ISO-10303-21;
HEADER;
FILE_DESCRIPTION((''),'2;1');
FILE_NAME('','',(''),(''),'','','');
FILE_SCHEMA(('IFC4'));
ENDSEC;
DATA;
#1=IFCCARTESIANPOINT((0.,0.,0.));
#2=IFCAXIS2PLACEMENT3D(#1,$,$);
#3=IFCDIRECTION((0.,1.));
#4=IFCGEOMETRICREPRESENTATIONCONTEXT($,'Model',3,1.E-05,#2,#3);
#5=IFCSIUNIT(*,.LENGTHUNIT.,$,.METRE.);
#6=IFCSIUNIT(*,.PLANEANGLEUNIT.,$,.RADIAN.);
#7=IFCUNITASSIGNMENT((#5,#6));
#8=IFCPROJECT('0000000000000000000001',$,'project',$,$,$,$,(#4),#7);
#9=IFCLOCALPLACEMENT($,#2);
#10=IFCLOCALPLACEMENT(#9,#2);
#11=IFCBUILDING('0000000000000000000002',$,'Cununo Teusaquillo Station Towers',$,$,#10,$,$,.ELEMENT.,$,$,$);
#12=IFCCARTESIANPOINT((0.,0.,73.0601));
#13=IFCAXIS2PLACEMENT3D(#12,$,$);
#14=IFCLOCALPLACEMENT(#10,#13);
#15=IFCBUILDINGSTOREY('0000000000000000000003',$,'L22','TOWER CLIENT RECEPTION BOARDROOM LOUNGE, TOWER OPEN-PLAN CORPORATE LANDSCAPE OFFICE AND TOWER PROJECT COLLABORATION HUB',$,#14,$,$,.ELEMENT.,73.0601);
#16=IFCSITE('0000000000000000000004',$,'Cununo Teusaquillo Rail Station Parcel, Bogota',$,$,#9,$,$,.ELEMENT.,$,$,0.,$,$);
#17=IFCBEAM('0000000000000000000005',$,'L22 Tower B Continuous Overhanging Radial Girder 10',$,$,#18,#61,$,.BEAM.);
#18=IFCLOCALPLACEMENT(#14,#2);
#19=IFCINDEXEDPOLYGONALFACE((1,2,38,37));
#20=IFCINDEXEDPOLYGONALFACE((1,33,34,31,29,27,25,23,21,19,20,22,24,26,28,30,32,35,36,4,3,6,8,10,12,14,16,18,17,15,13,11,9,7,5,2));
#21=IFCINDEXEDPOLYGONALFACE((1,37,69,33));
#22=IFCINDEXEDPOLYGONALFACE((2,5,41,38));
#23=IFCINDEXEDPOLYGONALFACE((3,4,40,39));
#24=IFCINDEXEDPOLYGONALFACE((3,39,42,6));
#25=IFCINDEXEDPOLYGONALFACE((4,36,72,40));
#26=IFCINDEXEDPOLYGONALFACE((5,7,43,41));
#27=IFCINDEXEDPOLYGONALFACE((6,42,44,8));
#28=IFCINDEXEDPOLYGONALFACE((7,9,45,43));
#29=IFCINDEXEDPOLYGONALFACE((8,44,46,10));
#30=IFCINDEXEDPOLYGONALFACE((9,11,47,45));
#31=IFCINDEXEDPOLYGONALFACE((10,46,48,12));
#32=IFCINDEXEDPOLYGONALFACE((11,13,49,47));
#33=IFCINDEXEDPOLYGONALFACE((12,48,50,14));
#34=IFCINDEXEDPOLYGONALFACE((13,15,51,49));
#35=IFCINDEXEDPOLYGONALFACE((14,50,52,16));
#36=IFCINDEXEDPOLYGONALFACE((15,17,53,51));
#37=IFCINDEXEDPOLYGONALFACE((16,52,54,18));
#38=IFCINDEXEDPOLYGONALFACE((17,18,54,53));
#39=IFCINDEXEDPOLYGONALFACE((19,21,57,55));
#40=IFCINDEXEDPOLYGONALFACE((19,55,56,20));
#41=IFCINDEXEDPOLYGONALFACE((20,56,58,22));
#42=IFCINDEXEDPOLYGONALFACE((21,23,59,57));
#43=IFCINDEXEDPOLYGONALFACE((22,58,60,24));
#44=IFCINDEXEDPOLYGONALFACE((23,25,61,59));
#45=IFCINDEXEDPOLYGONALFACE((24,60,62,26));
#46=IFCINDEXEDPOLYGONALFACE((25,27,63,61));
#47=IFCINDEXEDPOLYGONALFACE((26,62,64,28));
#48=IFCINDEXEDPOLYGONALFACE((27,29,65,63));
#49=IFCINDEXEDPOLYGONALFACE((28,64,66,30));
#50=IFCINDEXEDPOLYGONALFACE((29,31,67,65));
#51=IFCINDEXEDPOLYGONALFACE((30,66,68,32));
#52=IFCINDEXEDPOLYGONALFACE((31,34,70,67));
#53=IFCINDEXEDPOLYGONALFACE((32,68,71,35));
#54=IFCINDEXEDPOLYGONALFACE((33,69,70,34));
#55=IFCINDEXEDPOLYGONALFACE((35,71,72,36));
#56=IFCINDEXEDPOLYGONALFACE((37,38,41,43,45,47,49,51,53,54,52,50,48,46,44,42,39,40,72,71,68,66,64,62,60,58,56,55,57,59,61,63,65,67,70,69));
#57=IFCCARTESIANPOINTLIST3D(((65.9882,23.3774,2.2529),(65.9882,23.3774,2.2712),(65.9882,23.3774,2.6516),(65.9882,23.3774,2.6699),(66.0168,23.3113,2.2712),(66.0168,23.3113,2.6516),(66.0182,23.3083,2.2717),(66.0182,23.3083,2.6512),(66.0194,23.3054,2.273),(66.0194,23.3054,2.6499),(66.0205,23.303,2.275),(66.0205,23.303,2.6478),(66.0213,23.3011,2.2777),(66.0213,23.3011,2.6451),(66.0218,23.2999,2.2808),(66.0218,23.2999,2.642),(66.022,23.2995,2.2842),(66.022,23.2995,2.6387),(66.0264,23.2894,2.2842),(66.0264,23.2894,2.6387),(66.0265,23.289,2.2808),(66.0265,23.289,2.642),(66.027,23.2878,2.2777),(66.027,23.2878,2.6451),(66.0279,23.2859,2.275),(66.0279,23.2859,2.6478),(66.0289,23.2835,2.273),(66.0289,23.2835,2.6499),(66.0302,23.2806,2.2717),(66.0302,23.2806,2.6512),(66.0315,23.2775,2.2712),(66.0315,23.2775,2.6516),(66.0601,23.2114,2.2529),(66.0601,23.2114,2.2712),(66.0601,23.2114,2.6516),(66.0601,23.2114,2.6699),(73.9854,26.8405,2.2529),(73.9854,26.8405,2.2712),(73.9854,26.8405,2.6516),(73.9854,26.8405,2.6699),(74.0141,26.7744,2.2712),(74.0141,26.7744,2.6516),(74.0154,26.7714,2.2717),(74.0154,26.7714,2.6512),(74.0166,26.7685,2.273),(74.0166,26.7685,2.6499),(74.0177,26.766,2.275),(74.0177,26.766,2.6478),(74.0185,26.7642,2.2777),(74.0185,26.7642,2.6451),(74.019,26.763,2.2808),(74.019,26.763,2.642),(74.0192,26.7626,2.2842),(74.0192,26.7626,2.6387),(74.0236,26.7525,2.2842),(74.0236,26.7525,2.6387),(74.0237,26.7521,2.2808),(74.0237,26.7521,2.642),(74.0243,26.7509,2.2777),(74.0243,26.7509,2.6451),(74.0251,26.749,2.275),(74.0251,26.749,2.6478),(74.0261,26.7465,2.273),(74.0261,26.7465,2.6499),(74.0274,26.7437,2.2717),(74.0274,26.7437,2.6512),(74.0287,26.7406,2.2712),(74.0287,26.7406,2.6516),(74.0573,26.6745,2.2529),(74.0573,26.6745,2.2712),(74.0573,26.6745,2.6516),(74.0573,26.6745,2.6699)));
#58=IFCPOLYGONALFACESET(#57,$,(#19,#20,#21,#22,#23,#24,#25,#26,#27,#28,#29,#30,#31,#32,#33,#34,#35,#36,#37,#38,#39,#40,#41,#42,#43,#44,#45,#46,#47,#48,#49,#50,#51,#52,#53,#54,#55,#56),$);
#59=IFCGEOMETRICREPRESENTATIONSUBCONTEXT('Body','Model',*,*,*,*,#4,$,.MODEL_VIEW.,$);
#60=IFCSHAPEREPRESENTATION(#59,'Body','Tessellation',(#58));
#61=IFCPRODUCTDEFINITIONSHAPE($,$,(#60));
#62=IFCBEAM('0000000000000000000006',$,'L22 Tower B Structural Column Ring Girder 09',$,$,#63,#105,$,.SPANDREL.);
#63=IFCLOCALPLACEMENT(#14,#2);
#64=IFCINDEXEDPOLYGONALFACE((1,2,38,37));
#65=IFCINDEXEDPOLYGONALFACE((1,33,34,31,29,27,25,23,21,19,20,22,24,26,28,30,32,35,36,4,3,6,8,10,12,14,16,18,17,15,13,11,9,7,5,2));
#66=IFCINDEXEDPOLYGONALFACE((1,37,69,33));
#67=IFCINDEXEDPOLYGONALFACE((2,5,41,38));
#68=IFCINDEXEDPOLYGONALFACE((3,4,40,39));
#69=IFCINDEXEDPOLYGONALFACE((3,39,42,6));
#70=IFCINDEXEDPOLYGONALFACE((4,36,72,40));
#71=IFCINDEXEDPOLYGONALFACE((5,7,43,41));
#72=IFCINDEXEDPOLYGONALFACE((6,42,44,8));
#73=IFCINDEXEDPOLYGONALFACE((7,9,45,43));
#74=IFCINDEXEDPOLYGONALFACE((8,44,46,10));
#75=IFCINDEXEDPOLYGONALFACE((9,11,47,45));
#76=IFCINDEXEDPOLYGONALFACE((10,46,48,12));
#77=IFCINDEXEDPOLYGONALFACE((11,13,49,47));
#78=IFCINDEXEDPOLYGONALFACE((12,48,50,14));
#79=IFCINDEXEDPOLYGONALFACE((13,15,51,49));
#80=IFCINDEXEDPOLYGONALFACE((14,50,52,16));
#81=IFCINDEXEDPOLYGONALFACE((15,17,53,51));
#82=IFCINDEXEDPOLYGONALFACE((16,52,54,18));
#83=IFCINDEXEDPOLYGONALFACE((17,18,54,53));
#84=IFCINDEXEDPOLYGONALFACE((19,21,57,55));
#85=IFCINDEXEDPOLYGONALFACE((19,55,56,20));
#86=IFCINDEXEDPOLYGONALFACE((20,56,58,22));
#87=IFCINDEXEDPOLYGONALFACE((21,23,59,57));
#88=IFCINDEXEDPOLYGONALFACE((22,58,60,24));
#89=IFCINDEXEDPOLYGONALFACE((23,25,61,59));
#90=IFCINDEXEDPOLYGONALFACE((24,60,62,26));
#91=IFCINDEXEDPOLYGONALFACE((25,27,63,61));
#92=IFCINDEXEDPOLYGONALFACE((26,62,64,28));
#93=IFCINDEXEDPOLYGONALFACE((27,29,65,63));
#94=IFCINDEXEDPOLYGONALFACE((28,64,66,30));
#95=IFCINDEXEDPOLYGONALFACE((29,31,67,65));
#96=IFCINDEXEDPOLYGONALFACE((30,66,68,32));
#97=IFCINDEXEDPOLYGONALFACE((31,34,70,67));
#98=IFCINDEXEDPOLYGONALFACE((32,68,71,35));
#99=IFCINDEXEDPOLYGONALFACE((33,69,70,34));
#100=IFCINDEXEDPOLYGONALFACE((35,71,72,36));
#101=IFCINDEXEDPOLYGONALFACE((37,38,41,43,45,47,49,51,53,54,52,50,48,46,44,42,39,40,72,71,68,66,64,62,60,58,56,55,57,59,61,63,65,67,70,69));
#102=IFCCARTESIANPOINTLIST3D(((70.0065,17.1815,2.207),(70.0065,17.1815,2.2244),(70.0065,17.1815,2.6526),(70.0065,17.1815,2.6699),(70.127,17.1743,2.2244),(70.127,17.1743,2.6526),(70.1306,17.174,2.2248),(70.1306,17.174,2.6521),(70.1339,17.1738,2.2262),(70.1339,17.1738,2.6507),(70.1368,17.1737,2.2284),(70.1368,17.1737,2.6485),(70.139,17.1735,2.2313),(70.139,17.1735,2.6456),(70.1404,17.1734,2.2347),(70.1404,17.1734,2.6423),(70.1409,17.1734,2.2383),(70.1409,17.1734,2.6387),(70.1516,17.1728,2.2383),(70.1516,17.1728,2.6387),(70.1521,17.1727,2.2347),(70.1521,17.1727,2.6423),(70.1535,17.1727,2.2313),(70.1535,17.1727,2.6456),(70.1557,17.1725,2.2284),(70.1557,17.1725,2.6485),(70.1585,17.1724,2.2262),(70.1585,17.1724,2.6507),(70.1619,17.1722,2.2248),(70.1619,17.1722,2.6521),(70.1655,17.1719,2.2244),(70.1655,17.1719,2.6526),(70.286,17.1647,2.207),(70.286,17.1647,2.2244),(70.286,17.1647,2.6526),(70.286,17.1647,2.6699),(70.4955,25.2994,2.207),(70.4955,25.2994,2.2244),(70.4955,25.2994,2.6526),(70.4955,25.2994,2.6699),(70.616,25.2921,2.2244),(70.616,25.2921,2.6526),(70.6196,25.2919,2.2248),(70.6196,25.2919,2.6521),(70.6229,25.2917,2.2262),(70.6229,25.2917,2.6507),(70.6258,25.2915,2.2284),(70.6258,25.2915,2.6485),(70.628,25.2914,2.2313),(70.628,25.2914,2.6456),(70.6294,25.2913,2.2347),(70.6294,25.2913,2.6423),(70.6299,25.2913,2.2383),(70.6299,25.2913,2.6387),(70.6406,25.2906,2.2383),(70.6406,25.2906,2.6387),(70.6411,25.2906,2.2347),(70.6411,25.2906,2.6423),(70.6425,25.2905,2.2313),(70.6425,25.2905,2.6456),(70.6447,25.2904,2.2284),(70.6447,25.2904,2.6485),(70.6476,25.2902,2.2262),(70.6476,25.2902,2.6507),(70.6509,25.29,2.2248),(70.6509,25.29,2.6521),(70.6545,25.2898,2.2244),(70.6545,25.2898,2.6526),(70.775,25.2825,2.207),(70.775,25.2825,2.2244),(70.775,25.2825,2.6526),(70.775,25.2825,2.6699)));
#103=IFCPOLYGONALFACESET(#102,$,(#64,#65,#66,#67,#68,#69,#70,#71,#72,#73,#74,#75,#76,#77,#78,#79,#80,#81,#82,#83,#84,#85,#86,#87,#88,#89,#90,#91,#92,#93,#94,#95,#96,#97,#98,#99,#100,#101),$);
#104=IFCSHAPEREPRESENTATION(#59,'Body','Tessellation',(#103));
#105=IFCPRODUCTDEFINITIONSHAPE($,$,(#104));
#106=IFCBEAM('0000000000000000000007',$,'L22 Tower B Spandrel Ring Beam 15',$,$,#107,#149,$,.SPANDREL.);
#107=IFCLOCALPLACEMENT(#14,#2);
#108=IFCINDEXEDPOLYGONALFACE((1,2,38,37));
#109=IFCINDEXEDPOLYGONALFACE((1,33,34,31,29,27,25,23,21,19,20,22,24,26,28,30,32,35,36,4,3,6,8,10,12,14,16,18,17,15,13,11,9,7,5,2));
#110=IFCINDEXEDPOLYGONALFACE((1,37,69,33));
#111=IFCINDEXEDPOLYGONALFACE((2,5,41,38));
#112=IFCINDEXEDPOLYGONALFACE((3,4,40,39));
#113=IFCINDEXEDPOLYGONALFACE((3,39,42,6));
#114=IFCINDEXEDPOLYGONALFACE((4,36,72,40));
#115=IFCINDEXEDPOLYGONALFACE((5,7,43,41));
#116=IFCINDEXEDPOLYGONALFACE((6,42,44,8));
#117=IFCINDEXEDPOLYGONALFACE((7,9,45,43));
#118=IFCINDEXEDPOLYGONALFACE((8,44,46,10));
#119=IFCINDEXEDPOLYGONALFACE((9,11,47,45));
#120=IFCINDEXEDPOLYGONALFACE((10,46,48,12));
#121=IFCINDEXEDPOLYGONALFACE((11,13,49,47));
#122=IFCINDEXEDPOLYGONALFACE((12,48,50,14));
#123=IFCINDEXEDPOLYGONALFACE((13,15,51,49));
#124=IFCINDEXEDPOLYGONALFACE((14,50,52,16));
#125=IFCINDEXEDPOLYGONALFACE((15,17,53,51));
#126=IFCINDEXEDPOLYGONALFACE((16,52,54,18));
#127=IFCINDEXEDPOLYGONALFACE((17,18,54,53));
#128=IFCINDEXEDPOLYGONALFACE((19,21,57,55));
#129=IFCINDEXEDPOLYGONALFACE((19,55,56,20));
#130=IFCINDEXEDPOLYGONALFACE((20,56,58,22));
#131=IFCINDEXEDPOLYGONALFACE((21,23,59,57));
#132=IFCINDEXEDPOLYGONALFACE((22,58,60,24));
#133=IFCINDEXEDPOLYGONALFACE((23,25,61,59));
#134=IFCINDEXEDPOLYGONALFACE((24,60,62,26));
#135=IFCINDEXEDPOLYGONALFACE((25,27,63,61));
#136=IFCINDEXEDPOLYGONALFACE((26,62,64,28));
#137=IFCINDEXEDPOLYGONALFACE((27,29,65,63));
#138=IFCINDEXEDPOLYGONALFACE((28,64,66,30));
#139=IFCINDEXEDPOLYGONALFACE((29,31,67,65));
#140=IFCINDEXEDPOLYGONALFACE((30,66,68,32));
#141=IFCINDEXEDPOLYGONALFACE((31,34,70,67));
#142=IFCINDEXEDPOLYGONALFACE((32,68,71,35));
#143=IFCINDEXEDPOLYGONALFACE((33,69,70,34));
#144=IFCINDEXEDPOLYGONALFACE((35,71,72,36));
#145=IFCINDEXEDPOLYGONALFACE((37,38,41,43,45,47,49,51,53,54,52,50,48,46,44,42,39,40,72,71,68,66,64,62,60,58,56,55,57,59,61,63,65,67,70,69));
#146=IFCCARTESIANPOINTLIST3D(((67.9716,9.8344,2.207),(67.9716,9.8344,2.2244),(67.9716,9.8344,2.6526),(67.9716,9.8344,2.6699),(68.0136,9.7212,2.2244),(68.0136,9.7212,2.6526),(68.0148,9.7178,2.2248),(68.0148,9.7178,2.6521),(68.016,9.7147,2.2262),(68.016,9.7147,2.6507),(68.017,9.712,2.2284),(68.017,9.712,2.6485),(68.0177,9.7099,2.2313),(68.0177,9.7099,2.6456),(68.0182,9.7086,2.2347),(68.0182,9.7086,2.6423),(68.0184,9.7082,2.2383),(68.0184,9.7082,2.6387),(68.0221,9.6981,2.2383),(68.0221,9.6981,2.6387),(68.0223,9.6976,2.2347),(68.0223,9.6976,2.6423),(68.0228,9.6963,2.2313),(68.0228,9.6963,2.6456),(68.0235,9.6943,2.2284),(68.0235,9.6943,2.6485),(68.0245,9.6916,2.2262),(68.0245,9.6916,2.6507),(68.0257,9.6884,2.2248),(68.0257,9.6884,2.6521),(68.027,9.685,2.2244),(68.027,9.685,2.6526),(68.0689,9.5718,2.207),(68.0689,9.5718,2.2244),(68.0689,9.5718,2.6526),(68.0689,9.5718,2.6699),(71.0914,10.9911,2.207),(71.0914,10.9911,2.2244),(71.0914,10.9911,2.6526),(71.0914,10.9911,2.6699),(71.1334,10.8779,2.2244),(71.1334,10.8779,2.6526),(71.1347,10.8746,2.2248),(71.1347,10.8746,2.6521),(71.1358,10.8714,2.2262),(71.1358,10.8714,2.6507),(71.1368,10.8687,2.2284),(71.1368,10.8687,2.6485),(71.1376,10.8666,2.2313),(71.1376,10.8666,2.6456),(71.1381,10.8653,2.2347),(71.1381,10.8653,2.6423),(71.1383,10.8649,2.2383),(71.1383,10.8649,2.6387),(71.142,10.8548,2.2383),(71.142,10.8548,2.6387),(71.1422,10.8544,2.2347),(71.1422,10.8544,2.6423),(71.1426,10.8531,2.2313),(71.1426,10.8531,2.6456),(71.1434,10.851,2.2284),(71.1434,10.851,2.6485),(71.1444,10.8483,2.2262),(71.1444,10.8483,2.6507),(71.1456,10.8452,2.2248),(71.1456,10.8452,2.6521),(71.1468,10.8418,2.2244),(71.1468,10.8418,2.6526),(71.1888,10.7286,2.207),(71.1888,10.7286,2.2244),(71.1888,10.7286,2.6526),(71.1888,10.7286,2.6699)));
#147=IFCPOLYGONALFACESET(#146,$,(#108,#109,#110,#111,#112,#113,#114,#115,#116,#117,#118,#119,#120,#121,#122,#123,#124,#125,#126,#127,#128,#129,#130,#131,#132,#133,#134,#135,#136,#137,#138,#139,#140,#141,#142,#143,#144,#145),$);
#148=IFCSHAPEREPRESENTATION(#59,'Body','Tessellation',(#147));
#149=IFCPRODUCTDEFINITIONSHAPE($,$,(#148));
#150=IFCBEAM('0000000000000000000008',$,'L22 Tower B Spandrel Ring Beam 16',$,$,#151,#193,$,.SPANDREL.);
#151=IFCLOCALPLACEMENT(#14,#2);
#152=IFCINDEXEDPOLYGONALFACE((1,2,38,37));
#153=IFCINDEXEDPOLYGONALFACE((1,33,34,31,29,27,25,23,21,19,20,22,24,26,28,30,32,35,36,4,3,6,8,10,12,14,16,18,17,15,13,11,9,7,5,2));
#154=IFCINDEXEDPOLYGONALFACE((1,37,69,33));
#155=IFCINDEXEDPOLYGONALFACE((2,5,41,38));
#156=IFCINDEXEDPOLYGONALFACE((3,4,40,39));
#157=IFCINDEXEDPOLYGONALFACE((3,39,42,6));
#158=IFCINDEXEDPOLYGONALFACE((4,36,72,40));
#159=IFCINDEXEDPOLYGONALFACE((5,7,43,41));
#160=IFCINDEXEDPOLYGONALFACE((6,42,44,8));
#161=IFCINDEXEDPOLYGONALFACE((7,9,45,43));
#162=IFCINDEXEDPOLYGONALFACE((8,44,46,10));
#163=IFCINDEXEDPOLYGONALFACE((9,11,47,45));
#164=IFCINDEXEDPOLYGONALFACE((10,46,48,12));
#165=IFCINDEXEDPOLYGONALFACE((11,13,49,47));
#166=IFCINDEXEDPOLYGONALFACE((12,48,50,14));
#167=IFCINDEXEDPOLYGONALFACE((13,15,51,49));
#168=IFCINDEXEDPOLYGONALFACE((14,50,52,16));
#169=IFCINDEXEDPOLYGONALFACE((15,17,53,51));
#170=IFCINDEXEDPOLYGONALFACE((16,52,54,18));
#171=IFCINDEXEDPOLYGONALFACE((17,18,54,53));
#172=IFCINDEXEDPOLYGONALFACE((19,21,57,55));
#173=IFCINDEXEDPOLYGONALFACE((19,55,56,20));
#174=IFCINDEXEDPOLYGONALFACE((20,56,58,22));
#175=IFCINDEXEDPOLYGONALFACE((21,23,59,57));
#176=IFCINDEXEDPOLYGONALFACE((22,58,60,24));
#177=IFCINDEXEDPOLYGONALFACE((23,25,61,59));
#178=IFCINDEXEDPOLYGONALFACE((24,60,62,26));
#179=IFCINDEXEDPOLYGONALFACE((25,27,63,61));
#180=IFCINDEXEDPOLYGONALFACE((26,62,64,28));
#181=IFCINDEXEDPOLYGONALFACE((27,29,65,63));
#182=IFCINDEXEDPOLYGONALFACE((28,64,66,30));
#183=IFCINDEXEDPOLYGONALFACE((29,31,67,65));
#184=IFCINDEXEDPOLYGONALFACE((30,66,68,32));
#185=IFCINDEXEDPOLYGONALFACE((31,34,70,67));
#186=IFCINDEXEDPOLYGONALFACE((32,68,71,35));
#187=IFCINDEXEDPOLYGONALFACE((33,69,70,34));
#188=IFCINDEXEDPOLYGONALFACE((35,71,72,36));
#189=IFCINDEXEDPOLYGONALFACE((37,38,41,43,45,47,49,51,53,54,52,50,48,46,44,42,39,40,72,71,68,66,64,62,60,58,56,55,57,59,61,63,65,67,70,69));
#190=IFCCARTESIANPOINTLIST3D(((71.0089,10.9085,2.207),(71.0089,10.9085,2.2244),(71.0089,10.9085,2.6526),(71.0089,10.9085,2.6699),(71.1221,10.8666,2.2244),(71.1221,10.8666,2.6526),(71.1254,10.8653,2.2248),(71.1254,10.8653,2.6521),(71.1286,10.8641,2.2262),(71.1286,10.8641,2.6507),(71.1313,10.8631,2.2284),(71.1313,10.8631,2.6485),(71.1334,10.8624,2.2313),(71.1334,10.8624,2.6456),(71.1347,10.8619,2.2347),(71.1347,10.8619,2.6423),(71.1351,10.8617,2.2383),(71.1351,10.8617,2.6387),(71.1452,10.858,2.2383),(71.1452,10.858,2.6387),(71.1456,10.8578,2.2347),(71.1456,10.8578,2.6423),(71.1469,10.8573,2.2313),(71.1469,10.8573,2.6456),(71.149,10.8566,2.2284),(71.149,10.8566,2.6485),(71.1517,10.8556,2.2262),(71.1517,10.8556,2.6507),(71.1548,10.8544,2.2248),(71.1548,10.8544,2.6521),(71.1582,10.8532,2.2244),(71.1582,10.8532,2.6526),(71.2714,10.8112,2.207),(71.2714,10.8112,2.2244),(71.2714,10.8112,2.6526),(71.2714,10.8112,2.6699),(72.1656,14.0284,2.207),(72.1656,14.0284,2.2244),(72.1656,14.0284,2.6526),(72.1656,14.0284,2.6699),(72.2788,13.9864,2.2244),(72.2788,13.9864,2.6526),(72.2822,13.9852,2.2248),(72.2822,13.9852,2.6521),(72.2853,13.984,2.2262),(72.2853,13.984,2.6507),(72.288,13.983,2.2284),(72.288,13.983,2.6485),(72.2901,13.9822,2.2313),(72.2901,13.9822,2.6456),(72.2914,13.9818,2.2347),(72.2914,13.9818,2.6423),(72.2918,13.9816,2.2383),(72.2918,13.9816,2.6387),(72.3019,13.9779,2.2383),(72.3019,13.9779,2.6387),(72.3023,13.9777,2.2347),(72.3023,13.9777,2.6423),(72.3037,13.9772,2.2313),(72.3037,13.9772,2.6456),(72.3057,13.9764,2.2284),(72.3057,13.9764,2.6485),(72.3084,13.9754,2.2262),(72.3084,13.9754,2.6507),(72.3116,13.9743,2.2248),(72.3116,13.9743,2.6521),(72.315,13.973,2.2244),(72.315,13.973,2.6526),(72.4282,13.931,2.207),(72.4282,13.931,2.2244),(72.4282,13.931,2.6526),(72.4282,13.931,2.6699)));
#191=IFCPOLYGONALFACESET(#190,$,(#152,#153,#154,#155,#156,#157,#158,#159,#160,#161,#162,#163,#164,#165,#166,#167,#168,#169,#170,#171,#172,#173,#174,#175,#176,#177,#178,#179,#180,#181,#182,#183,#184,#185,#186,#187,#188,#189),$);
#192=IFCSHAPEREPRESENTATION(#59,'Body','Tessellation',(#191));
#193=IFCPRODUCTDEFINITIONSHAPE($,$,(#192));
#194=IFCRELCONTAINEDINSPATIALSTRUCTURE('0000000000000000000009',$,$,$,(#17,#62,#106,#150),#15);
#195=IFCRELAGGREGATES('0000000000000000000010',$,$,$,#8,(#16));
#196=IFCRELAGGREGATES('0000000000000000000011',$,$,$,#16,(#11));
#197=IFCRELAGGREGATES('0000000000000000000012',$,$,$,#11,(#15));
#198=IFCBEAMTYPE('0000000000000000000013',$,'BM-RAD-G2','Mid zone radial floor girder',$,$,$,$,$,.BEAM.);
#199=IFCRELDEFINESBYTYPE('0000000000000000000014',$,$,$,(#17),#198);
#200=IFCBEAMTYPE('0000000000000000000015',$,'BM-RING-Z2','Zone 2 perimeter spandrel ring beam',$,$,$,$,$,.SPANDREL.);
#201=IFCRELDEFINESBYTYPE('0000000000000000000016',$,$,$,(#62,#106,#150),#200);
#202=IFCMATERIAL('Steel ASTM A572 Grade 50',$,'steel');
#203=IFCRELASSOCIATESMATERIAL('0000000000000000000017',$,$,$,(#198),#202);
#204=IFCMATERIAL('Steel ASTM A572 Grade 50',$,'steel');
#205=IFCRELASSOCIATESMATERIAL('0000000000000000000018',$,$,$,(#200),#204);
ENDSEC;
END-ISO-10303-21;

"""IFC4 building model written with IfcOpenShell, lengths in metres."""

from ifc_helpers import new_model, si_unit, direction, frame, origin, origin_2d, place, context, subcontext, project, spatial, i_section, extrude, material, material_profile, profile_set, type_object, element, save


model = new_model("IFC4")

# Units and contexts
model_context = context("Model", 3, precision=1e-05, world=origin(), true_north=direction((0.0, 1.0)))
body_context = subcontext(model_context, "Body", "Model", "MODEL_VIEW")
ifc_project = project(units=[si_unit("LENGTHUNIT", "METRE"), si_unit("PLANEANGLEUNIT", "RADIAN")], contexts=[model_context])

# Site, building, storey
site_placement = place(None, origin())
site = spatial("IfcSite", under=ifc_project, at=site_placement, Name="Cununo Teusaquillo Rail Station Parcel, Bogota", CompositionType="ELEMENT", RefElevation=0.0)
building_placement = place(site_placement, origin())
building = spatial("IfcBuilding", under=site, at=building_placement, Name="Cununo Teusaquillo Station Towers", CompositionType="ELEMENT")
storey_placement = place(building_placement, frame((0.0, 0.0, 73.0601)))
storey = spatial("IfcBuildingStorey", under=building, at=storey_placement, Name="L22", Description="TOWER CLIENT RECEPTION BOARDROOM LOUNGE, TOWER OPEN-PLAN CORPORATE LANDSCAPE OFFICE AND TOWER PROJECT COLLABORATION HUB", CompositionType="ELEMENT", Elevation=73.0601)

# Beams
ifc_material_1 = material(Name="Steel ASTM A572 Grade 50", Category="steel")
ifc_material_profile_1 = material_profile(ifc_material_1, i_section(OverallWidth=0.1809, OverallDepth=0.417, WebThickness=0.011, FlangeThickness=0.0183, FilletRadius=0.0129, at=origin_2d()), Name="W16X57")
ifc_profile_set_1 = profile_set([ifc_material_profile_1], Name="Steel ASTM A572 Grade 50")
beam_type_1 = type_object("IfcBeamType", Name="BM-RAD-G2", Description="Mid zone radial floor girder", PredefinedType="BEAM", material=ifc_profile_set_1)
beam_1_placement = place(storey_placement, frame((66.0242, 23.2944, 2.4614), z_axis=(0.917655, 0.397379, 0.0), x_axis=(-0.397379, 0.917655, 0.0)))
element("IfcBeam", 1, at=beam_1_placement, inside=storey, type_object=beam_type_1, Name="L22 Tower B Continuous Overhanging Radial Girder 10", PredefinedType="BEAM", context=body_context, shape_type="SweptSolid", body=[
    extrude(i_section(OverallWidth=0.1809, OverallDepth=0.417, WebThickness=0.011, FlangeThickness=0.0183, FilletRadius=0.0129, at=origin_2d()), origin(), (0.0, 0.0, 1.0), 8.7148),
])
ifc_material_2 = material(Name="Steel ASTM A572 Grade 50", Category="steel")
ifc_material_profile_2 = material_profile(ifc_material_2, i_section(OverallWidth=0.28, OverallDepth=0.4629, WebThickness=0.0107, FlangeThickness=0.0173, FilletRadius=0.0139, at=origin_2d()), Name="W18X76")
ifc_profile_set_2 = profile_set([ifc_material_profile_2], Name="Steel ASTM A572 Grade 50")
beam_type_2 = type_object("IfcBeamType", Name="BM-RING-Z2", Description="Zone 2 perimeter spandrel ring beam", PredefinedType="SPANDREL", material=ifc_profile_set_2)
beam_2_placement = place(storey_placement, frame((70.1462, 17.1731, 2.4385), z_axis=(0.06013, 0.998191, 0.0), x_axis=(-0.998191, 0.06013, 0.0)))
element("IfcBeam", 2, at=beam_2_placement, inside=storey, type_object=beam_type_2, Name="L22 Tower B Structural Column Ring Girder 09", PredefinedType="SPANDREL", context=body_context, shape_type="SweptSolid", body=[
    extrude(i_section(OverallWidth=0.28, OverallDepth=0.4629, WebThickness=0.0107, FlangeThickness=0.0173, FilletRadius=0.0139, at=origin_2d()), origin(), (0.0, 0.0, 1.0), 8.1326),
])
for number, where, z_axis, x_axis, name in (
    (3, (68.0203, 9.7031, 2.4385), (0.937628, 0.347639, 0.0), (-0.347639, 0.937628, 0.0), "L22 Tower B Spandrel Ring Beam 15"),
    (4, (71.1401, 10.8599, 2.4385), (0.347639, 0.937628, 0.0), (-0.937628, 0.347639, 0.0), "L22 Tower B Spandrel Ring Beam 16"),
):
    element("IfcBeam", number, at=place(storey_placement, frame(where, z_axis=z_axis, x_axis=x_axis)), inside=storey, type_object=beam_type_2, Name=name, PredefinedType="SPANDREL", context=body_context, shape_type="SweptSolid", body=[
        extrude(i_section(OverallWidth=0.28, OverallDepth=0.4629, WebThickness=0.0107, FlangeThickness=0.0173, FilletRadius=0.0139, at=origin_2d()), origin(), (0.0, 0.0, 1.0), 3.3274),
    ])

save(model, "model.ifc")
